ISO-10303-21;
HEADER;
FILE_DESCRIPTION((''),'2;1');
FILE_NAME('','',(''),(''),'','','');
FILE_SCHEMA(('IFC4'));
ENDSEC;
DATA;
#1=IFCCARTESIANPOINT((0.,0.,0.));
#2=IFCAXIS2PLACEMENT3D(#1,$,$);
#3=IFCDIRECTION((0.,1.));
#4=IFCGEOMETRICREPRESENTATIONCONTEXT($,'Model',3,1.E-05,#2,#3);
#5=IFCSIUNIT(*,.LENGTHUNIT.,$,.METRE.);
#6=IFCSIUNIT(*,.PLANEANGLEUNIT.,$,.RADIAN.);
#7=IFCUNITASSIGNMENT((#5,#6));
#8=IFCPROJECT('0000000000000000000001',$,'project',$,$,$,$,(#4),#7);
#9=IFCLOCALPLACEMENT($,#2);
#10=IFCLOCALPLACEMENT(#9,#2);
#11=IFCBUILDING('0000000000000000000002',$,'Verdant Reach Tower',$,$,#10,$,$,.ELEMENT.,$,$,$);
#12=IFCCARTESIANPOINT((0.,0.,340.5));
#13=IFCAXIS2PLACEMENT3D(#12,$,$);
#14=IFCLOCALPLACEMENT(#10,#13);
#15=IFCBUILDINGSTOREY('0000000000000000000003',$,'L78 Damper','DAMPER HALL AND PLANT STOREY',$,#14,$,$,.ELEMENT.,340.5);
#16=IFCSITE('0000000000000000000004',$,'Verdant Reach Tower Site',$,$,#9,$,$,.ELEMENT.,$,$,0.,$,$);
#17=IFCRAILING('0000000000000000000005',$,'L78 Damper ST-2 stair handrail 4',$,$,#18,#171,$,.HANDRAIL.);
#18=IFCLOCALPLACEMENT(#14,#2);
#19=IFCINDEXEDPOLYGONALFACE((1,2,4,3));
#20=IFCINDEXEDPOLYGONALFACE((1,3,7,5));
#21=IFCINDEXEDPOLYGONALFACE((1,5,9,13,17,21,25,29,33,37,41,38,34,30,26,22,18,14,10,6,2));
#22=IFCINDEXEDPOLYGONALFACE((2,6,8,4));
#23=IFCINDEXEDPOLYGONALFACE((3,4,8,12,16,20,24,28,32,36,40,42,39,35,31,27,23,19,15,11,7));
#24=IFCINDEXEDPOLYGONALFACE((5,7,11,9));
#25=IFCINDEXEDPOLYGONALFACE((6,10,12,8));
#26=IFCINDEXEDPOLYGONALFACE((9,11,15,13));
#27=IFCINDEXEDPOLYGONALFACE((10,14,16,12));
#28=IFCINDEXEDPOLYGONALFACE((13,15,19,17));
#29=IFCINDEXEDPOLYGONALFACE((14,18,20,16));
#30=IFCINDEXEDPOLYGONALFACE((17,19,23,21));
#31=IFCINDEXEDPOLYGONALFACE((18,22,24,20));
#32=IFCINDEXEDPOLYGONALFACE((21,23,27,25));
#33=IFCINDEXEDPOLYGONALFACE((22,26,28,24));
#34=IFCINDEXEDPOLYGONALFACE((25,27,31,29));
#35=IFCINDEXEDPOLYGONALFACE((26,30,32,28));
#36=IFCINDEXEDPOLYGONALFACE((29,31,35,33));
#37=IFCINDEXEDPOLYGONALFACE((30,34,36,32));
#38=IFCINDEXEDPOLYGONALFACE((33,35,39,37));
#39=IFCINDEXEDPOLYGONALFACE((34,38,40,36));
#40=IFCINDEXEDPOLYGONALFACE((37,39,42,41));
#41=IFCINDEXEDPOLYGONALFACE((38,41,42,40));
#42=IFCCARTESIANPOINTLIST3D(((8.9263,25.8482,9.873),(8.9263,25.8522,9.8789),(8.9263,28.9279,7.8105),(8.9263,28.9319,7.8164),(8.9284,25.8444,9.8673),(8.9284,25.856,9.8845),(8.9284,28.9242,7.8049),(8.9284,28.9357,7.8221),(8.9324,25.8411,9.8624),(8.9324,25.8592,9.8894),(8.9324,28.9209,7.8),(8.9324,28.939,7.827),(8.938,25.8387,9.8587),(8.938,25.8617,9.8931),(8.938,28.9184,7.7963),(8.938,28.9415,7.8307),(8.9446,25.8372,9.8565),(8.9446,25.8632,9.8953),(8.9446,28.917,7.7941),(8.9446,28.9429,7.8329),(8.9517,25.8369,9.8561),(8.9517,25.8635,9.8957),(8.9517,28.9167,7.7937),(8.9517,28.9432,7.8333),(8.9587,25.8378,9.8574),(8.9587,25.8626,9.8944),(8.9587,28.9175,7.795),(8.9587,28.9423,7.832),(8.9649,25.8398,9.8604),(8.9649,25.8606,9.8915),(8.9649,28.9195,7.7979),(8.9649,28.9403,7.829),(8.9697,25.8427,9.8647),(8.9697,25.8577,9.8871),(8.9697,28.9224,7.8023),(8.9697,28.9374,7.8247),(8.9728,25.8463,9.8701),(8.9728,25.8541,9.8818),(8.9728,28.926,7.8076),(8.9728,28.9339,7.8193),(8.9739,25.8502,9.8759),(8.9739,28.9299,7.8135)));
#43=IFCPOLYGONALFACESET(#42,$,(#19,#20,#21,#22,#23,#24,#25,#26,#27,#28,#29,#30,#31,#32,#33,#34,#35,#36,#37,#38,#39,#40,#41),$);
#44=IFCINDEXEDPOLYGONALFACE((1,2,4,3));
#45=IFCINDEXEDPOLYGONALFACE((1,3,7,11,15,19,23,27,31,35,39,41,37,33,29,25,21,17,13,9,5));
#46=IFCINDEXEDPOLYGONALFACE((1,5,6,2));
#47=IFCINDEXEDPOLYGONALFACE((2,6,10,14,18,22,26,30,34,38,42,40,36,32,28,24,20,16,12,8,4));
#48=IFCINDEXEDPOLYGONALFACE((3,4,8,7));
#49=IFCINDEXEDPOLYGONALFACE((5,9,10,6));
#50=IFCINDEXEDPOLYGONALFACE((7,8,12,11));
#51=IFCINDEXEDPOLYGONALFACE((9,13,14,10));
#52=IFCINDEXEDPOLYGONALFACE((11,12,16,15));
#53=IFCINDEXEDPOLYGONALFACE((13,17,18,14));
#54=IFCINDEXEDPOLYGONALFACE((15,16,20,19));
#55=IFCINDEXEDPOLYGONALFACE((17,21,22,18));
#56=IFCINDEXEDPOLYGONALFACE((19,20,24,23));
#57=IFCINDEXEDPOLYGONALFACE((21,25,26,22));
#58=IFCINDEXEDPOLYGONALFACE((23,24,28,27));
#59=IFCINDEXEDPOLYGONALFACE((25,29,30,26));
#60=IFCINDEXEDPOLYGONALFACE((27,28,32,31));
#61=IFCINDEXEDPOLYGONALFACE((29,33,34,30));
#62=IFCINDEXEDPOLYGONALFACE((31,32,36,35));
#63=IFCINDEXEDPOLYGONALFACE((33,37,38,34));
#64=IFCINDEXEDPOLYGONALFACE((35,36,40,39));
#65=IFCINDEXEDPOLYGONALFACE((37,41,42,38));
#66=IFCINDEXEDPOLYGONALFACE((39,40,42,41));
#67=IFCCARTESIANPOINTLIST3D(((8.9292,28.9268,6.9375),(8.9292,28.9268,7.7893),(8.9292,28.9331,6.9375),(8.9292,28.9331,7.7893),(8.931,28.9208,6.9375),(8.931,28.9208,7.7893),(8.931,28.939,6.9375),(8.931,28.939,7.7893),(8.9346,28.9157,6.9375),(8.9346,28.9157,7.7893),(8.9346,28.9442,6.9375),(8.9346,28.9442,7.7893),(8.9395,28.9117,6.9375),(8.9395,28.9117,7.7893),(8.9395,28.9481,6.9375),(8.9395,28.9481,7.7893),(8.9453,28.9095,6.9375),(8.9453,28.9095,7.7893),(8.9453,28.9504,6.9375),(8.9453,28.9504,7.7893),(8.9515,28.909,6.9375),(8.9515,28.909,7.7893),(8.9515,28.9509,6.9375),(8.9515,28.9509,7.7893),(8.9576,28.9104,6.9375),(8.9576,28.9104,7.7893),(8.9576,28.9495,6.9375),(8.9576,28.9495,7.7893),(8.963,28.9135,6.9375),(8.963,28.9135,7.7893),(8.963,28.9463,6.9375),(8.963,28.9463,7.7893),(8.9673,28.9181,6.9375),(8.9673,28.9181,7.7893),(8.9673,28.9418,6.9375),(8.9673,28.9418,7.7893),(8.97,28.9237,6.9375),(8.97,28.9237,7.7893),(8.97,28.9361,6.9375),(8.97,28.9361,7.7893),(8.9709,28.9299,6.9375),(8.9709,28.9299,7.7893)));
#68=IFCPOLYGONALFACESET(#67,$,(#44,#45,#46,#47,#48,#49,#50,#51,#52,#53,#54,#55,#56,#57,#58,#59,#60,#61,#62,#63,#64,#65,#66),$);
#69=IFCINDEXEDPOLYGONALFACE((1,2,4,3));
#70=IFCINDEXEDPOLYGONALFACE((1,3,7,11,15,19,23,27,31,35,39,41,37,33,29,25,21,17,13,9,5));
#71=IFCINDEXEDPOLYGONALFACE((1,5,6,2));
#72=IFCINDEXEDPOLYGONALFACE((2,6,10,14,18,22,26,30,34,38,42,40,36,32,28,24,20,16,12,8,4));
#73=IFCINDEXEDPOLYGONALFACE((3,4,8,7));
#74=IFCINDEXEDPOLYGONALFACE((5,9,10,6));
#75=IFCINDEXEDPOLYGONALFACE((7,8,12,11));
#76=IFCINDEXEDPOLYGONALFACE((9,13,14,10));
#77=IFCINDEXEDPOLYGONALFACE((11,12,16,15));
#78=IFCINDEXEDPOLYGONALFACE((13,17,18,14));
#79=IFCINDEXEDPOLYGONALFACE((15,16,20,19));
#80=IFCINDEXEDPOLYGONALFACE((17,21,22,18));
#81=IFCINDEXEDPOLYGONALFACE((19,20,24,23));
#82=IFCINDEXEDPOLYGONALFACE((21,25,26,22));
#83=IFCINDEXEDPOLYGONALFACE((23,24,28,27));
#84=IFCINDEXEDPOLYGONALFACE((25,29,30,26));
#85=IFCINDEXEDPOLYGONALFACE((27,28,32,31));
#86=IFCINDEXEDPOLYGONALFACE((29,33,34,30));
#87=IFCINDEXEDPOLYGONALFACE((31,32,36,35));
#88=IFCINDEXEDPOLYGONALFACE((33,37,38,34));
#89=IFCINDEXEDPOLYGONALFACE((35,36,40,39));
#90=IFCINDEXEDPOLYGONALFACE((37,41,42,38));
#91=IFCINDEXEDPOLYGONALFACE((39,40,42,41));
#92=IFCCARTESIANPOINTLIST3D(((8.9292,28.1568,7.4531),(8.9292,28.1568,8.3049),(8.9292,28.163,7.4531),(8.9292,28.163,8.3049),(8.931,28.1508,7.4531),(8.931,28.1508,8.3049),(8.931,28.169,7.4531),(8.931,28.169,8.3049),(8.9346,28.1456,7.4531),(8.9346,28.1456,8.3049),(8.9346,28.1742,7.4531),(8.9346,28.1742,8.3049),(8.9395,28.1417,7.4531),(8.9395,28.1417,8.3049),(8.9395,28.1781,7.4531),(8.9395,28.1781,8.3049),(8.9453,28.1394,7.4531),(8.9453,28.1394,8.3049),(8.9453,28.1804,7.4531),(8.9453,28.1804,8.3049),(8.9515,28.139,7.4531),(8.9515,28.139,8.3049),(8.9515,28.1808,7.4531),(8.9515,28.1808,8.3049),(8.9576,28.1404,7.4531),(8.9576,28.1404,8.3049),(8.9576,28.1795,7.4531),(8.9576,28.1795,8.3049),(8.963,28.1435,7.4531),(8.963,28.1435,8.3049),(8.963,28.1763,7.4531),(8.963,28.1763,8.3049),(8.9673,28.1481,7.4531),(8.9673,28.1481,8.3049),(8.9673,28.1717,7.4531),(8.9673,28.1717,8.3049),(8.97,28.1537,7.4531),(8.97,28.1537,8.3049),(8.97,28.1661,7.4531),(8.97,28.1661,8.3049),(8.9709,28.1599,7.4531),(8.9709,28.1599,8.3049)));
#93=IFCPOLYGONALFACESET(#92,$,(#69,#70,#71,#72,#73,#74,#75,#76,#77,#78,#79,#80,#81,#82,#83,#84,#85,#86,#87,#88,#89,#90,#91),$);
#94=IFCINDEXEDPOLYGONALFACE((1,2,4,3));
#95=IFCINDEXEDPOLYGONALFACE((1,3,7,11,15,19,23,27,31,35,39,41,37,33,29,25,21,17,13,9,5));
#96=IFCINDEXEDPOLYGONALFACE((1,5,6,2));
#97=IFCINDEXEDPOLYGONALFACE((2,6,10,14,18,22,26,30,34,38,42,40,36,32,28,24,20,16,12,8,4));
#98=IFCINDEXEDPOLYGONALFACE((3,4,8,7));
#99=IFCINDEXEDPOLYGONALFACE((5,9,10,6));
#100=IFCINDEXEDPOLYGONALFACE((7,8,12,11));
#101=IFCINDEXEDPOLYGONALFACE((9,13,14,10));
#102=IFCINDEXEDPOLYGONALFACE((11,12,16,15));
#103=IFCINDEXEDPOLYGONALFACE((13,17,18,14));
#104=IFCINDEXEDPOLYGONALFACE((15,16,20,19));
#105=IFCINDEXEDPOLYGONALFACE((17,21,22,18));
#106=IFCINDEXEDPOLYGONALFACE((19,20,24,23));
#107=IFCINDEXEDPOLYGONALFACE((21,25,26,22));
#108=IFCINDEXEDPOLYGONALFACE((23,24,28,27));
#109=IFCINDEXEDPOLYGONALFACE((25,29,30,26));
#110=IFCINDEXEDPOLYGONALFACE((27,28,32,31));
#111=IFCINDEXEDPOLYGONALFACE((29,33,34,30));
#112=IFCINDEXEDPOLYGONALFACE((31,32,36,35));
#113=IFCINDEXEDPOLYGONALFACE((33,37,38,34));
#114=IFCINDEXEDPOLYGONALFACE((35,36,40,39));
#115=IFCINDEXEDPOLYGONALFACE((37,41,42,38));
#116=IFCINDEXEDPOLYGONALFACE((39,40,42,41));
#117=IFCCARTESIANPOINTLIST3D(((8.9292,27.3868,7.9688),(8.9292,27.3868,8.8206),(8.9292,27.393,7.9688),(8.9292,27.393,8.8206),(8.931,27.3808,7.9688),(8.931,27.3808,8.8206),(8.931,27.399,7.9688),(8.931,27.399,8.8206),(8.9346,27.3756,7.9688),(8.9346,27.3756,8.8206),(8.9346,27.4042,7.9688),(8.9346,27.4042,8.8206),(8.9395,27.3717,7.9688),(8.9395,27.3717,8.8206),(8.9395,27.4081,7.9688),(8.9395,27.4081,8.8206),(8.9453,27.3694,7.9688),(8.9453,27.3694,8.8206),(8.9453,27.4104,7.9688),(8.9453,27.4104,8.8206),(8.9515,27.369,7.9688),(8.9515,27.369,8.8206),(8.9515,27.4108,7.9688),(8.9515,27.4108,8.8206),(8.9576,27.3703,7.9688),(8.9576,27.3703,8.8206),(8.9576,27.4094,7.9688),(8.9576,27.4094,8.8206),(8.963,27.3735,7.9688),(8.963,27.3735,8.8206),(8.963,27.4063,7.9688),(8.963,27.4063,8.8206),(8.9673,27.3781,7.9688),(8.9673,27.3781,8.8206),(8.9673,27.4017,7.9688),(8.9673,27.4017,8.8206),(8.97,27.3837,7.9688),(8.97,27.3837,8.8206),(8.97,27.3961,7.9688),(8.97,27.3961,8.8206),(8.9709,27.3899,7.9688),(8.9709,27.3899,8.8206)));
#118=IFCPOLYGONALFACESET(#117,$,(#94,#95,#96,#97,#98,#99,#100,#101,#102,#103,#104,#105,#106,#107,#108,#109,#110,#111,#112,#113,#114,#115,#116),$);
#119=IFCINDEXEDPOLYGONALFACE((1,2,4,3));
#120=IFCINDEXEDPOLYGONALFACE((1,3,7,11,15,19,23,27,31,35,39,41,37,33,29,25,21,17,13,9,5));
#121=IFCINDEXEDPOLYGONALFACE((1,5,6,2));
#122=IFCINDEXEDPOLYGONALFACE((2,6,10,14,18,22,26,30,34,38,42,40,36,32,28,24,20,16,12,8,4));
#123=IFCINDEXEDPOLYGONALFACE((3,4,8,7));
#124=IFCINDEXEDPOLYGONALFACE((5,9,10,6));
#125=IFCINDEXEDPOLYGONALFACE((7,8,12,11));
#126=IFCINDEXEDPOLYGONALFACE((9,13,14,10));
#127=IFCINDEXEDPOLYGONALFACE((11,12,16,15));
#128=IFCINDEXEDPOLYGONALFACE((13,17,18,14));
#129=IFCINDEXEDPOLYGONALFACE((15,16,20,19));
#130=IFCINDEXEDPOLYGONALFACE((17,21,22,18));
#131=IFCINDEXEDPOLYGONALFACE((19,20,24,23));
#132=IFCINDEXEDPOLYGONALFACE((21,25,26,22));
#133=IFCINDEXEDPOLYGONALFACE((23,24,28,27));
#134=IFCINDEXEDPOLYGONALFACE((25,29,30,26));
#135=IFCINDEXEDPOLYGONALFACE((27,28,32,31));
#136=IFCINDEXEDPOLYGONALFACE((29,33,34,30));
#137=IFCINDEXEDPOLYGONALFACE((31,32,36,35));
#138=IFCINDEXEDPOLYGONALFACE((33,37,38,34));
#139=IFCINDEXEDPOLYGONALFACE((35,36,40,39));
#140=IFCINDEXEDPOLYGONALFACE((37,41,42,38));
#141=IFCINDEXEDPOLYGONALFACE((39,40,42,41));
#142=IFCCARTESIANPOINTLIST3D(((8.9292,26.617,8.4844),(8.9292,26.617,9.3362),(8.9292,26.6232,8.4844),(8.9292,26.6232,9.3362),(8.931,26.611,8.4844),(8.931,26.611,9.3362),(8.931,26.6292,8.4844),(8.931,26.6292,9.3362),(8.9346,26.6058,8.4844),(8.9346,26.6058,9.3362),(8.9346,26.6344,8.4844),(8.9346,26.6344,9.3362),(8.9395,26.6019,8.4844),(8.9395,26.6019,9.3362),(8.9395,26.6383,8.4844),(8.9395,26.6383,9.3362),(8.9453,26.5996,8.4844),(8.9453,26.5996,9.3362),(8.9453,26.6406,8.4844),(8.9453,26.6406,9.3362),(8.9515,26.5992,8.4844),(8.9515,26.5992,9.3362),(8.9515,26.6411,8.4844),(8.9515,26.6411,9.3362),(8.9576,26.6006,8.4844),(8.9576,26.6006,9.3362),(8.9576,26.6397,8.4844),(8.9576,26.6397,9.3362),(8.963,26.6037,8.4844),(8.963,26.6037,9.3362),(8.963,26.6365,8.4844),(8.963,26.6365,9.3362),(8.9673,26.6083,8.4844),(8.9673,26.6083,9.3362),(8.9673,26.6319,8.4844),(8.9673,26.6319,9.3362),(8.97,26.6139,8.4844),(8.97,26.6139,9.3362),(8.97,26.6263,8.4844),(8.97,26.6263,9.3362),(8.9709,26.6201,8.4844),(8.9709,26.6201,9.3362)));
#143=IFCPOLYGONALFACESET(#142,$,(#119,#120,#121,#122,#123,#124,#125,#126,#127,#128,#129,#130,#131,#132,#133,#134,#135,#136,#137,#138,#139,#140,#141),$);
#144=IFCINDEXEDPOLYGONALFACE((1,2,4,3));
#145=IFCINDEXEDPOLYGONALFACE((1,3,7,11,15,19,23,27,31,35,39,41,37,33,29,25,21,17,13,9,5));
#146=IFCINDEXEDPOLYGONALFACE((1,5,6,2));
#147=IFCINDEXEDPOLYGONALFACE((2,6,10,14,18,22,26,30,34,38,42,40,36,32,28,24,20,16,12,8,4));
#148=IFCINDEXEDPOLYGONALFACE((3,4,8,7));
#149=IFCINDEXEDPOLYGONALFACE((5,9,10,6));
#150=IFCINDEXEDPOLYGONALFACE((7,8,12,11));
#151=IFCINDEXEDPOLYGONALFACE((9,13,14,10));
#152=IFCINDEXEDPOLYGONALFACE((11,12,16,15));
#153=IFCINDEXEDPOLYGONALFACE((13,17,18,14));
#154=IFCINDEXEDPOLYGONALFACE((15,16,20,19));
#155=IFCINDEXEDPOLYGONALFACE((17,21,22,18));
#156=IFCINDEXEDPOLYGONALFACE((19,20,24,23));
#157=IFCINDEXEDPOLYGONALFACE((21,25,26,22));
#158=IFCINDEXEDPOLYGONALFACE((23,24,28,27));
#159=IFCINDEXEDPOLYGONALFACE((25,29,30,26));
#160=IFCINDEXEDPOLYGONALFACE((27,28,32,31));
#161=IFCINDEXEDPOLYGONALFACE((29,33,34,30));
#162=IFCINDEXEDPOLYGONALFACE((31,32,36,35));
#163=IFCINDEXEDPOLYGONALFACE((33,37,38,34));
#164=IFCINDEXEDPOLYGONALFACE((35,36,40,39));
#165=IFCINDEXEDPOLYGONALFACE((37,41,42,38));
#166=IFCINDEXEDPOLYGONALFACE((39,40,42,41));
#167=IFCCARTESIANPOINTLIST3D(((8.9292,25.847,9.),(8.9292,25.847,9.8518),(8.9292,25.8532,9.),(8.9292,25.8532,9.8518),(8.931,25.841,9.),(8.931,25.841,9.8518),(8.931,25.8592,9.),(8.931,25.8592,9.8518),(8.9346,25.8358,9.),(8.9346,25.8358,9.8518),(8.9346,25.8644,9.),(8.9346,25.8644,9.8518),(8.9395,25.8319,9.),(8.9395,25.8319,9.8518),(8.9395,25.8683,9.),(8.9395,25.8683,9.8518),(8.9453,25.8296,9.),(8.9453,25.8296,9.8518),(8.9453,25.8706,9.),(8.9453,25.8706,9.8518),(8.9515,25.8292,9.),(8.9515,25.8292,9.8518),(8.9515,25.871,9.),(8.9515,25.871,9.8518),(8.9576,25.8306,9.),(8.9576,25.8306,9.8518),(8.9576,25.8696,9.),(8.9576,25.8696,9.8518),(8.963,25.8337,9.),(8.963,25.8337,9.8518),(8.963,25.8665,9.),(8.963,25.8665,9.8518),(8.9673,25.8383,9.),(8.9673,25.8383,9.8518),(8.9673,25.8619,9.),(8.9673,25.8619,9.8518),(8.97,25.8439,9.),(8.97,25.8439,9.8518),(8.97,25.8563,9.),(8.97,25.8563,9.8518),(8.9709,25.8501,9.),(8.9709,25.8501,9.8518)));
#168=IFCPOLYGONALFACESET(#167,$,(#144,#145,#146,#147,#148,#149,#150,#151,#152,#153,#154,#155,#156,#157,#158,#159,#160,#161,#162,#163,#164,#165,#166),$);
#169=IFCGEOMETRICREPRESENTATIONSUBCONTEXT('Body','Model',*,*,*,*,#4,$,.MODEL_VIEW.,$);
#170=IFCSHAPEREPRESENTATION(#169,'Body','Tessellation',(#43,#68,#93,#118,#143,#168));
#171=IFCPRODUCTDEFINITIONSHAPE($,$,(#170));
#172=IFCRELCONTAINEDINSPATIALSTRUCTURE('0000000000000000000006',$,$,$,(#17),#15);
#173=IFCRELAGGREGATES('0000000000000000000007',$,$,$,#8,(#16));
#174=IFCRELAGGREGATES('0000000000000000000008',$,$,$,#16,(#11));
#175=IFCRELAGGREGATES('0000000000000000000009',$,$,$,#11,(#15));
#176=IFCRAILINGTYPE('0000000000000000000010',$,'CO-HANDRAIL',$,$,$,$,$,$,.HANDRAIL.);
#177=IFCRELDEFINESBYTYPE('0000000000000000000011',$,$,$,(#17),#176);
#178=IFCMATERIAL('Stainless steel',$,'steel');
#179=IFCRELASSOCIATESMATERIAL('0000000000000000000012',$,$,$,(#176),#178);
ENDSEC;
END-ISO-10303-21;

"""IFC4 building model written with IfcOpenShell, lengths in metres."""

from ifc_helpers import new_model, si_unit, direction, frame, origin, origin_2d, place, context, subcontext, project, spatial, circle, extrude, material, type_object, element, save


model = new_model("IFC4")

# Units and contexts
model_context = context("Model", 3, precision=1e-05, world=origin(), true_north=direction((0.0, 1.0)))
body_context = subcontext(model_context, "Body", "Model", "MODEL_VIEW")
ifc_project = project(units=[si_unit("LENGTHUNIT", "METRE"), si_unit("PLANEANGLEUNIT", "RADIAN")], contexts=[model_context])

# Site, building, storey
site_placement = place(None, origin())
site = spatial("IfcSite", under=ifc_project, at=site_placement, Name="Verdant Reach Tower Site", CompositionType="ELEMENT", RefElevation=0.0)
building_placement = place(site_placement, origin())
building = spatial("IfcBuilding", under=site, at=building_placement, Name="Verdant Reach Tower", CompositionType="ELEMENT")
storey_placement = place(building_placement, frame((0.0, 0.0, 340.5)))
storey = spatial("IfcBuildingStorey", under=building, at=storey_placement, Name="L78 Damper", Description="DAMPER HALL AND PLANT STOREY", CompositionType="ELEMENT", Elevation=340.5)

# Railing
ifc_material_1 = material(Name="Stainless steel", Category="steel")
railing_type = type_object("IfcRailingType", Name="CO-HANDRAIL", PredefinedType="HANDRAIL", material=ifc_material_1)
railing_1_placement = place(storey_placement, frame((8.95, 28.9299, 6.9375)))
element("IfcRailing", 1, at=railing_1_placement, inside=storey, type_object=railing_type, Name="L78 Damper ST-2 stair handrail 4", PredefinedType="HANDRAIL", context=body_context, shape_type="SweptSolid", body=[
    extrude(circle(Radius=0.0239, at=origin_2d()), frame((0.0, 0.0, 0.876), z_axis=(0.0, -0.830893, 0.556432), x_axis=(1.0, 0.0, 0.0)), (0.0, 0.0, 1.0), 3.7065),
    extrude(circle(Radius=0.021, at=origin_2d()), origin(), (0.0, 0.0, 1.0), 0.8518),
    extrude(circle(Radius=0.021, at=origin_2d()), frame((0.0, -0.77, 0.5156)), (0.0, 0.0, 1.0), 0.8518),
    extrude(circle(Radius=0.021, at=origin_2d()), frame((0.0, -1.54, 1.0312)), (0.0, 0.0, 1.0), 0.8518),
    extrude(circle(Radius=0.021, at=origin_2d()), frame((0.0, -2.3098, 1.5469)), (0.0, 0.0, 1.0), 0.8518),
    extrude(circle(Radius=0.021, at=origin_2d()), frame((0.0, -3.0798, 2.0625)), (0.0, 0.0, 1.0), 0.8518),
])

save(model, "model.ifc")
